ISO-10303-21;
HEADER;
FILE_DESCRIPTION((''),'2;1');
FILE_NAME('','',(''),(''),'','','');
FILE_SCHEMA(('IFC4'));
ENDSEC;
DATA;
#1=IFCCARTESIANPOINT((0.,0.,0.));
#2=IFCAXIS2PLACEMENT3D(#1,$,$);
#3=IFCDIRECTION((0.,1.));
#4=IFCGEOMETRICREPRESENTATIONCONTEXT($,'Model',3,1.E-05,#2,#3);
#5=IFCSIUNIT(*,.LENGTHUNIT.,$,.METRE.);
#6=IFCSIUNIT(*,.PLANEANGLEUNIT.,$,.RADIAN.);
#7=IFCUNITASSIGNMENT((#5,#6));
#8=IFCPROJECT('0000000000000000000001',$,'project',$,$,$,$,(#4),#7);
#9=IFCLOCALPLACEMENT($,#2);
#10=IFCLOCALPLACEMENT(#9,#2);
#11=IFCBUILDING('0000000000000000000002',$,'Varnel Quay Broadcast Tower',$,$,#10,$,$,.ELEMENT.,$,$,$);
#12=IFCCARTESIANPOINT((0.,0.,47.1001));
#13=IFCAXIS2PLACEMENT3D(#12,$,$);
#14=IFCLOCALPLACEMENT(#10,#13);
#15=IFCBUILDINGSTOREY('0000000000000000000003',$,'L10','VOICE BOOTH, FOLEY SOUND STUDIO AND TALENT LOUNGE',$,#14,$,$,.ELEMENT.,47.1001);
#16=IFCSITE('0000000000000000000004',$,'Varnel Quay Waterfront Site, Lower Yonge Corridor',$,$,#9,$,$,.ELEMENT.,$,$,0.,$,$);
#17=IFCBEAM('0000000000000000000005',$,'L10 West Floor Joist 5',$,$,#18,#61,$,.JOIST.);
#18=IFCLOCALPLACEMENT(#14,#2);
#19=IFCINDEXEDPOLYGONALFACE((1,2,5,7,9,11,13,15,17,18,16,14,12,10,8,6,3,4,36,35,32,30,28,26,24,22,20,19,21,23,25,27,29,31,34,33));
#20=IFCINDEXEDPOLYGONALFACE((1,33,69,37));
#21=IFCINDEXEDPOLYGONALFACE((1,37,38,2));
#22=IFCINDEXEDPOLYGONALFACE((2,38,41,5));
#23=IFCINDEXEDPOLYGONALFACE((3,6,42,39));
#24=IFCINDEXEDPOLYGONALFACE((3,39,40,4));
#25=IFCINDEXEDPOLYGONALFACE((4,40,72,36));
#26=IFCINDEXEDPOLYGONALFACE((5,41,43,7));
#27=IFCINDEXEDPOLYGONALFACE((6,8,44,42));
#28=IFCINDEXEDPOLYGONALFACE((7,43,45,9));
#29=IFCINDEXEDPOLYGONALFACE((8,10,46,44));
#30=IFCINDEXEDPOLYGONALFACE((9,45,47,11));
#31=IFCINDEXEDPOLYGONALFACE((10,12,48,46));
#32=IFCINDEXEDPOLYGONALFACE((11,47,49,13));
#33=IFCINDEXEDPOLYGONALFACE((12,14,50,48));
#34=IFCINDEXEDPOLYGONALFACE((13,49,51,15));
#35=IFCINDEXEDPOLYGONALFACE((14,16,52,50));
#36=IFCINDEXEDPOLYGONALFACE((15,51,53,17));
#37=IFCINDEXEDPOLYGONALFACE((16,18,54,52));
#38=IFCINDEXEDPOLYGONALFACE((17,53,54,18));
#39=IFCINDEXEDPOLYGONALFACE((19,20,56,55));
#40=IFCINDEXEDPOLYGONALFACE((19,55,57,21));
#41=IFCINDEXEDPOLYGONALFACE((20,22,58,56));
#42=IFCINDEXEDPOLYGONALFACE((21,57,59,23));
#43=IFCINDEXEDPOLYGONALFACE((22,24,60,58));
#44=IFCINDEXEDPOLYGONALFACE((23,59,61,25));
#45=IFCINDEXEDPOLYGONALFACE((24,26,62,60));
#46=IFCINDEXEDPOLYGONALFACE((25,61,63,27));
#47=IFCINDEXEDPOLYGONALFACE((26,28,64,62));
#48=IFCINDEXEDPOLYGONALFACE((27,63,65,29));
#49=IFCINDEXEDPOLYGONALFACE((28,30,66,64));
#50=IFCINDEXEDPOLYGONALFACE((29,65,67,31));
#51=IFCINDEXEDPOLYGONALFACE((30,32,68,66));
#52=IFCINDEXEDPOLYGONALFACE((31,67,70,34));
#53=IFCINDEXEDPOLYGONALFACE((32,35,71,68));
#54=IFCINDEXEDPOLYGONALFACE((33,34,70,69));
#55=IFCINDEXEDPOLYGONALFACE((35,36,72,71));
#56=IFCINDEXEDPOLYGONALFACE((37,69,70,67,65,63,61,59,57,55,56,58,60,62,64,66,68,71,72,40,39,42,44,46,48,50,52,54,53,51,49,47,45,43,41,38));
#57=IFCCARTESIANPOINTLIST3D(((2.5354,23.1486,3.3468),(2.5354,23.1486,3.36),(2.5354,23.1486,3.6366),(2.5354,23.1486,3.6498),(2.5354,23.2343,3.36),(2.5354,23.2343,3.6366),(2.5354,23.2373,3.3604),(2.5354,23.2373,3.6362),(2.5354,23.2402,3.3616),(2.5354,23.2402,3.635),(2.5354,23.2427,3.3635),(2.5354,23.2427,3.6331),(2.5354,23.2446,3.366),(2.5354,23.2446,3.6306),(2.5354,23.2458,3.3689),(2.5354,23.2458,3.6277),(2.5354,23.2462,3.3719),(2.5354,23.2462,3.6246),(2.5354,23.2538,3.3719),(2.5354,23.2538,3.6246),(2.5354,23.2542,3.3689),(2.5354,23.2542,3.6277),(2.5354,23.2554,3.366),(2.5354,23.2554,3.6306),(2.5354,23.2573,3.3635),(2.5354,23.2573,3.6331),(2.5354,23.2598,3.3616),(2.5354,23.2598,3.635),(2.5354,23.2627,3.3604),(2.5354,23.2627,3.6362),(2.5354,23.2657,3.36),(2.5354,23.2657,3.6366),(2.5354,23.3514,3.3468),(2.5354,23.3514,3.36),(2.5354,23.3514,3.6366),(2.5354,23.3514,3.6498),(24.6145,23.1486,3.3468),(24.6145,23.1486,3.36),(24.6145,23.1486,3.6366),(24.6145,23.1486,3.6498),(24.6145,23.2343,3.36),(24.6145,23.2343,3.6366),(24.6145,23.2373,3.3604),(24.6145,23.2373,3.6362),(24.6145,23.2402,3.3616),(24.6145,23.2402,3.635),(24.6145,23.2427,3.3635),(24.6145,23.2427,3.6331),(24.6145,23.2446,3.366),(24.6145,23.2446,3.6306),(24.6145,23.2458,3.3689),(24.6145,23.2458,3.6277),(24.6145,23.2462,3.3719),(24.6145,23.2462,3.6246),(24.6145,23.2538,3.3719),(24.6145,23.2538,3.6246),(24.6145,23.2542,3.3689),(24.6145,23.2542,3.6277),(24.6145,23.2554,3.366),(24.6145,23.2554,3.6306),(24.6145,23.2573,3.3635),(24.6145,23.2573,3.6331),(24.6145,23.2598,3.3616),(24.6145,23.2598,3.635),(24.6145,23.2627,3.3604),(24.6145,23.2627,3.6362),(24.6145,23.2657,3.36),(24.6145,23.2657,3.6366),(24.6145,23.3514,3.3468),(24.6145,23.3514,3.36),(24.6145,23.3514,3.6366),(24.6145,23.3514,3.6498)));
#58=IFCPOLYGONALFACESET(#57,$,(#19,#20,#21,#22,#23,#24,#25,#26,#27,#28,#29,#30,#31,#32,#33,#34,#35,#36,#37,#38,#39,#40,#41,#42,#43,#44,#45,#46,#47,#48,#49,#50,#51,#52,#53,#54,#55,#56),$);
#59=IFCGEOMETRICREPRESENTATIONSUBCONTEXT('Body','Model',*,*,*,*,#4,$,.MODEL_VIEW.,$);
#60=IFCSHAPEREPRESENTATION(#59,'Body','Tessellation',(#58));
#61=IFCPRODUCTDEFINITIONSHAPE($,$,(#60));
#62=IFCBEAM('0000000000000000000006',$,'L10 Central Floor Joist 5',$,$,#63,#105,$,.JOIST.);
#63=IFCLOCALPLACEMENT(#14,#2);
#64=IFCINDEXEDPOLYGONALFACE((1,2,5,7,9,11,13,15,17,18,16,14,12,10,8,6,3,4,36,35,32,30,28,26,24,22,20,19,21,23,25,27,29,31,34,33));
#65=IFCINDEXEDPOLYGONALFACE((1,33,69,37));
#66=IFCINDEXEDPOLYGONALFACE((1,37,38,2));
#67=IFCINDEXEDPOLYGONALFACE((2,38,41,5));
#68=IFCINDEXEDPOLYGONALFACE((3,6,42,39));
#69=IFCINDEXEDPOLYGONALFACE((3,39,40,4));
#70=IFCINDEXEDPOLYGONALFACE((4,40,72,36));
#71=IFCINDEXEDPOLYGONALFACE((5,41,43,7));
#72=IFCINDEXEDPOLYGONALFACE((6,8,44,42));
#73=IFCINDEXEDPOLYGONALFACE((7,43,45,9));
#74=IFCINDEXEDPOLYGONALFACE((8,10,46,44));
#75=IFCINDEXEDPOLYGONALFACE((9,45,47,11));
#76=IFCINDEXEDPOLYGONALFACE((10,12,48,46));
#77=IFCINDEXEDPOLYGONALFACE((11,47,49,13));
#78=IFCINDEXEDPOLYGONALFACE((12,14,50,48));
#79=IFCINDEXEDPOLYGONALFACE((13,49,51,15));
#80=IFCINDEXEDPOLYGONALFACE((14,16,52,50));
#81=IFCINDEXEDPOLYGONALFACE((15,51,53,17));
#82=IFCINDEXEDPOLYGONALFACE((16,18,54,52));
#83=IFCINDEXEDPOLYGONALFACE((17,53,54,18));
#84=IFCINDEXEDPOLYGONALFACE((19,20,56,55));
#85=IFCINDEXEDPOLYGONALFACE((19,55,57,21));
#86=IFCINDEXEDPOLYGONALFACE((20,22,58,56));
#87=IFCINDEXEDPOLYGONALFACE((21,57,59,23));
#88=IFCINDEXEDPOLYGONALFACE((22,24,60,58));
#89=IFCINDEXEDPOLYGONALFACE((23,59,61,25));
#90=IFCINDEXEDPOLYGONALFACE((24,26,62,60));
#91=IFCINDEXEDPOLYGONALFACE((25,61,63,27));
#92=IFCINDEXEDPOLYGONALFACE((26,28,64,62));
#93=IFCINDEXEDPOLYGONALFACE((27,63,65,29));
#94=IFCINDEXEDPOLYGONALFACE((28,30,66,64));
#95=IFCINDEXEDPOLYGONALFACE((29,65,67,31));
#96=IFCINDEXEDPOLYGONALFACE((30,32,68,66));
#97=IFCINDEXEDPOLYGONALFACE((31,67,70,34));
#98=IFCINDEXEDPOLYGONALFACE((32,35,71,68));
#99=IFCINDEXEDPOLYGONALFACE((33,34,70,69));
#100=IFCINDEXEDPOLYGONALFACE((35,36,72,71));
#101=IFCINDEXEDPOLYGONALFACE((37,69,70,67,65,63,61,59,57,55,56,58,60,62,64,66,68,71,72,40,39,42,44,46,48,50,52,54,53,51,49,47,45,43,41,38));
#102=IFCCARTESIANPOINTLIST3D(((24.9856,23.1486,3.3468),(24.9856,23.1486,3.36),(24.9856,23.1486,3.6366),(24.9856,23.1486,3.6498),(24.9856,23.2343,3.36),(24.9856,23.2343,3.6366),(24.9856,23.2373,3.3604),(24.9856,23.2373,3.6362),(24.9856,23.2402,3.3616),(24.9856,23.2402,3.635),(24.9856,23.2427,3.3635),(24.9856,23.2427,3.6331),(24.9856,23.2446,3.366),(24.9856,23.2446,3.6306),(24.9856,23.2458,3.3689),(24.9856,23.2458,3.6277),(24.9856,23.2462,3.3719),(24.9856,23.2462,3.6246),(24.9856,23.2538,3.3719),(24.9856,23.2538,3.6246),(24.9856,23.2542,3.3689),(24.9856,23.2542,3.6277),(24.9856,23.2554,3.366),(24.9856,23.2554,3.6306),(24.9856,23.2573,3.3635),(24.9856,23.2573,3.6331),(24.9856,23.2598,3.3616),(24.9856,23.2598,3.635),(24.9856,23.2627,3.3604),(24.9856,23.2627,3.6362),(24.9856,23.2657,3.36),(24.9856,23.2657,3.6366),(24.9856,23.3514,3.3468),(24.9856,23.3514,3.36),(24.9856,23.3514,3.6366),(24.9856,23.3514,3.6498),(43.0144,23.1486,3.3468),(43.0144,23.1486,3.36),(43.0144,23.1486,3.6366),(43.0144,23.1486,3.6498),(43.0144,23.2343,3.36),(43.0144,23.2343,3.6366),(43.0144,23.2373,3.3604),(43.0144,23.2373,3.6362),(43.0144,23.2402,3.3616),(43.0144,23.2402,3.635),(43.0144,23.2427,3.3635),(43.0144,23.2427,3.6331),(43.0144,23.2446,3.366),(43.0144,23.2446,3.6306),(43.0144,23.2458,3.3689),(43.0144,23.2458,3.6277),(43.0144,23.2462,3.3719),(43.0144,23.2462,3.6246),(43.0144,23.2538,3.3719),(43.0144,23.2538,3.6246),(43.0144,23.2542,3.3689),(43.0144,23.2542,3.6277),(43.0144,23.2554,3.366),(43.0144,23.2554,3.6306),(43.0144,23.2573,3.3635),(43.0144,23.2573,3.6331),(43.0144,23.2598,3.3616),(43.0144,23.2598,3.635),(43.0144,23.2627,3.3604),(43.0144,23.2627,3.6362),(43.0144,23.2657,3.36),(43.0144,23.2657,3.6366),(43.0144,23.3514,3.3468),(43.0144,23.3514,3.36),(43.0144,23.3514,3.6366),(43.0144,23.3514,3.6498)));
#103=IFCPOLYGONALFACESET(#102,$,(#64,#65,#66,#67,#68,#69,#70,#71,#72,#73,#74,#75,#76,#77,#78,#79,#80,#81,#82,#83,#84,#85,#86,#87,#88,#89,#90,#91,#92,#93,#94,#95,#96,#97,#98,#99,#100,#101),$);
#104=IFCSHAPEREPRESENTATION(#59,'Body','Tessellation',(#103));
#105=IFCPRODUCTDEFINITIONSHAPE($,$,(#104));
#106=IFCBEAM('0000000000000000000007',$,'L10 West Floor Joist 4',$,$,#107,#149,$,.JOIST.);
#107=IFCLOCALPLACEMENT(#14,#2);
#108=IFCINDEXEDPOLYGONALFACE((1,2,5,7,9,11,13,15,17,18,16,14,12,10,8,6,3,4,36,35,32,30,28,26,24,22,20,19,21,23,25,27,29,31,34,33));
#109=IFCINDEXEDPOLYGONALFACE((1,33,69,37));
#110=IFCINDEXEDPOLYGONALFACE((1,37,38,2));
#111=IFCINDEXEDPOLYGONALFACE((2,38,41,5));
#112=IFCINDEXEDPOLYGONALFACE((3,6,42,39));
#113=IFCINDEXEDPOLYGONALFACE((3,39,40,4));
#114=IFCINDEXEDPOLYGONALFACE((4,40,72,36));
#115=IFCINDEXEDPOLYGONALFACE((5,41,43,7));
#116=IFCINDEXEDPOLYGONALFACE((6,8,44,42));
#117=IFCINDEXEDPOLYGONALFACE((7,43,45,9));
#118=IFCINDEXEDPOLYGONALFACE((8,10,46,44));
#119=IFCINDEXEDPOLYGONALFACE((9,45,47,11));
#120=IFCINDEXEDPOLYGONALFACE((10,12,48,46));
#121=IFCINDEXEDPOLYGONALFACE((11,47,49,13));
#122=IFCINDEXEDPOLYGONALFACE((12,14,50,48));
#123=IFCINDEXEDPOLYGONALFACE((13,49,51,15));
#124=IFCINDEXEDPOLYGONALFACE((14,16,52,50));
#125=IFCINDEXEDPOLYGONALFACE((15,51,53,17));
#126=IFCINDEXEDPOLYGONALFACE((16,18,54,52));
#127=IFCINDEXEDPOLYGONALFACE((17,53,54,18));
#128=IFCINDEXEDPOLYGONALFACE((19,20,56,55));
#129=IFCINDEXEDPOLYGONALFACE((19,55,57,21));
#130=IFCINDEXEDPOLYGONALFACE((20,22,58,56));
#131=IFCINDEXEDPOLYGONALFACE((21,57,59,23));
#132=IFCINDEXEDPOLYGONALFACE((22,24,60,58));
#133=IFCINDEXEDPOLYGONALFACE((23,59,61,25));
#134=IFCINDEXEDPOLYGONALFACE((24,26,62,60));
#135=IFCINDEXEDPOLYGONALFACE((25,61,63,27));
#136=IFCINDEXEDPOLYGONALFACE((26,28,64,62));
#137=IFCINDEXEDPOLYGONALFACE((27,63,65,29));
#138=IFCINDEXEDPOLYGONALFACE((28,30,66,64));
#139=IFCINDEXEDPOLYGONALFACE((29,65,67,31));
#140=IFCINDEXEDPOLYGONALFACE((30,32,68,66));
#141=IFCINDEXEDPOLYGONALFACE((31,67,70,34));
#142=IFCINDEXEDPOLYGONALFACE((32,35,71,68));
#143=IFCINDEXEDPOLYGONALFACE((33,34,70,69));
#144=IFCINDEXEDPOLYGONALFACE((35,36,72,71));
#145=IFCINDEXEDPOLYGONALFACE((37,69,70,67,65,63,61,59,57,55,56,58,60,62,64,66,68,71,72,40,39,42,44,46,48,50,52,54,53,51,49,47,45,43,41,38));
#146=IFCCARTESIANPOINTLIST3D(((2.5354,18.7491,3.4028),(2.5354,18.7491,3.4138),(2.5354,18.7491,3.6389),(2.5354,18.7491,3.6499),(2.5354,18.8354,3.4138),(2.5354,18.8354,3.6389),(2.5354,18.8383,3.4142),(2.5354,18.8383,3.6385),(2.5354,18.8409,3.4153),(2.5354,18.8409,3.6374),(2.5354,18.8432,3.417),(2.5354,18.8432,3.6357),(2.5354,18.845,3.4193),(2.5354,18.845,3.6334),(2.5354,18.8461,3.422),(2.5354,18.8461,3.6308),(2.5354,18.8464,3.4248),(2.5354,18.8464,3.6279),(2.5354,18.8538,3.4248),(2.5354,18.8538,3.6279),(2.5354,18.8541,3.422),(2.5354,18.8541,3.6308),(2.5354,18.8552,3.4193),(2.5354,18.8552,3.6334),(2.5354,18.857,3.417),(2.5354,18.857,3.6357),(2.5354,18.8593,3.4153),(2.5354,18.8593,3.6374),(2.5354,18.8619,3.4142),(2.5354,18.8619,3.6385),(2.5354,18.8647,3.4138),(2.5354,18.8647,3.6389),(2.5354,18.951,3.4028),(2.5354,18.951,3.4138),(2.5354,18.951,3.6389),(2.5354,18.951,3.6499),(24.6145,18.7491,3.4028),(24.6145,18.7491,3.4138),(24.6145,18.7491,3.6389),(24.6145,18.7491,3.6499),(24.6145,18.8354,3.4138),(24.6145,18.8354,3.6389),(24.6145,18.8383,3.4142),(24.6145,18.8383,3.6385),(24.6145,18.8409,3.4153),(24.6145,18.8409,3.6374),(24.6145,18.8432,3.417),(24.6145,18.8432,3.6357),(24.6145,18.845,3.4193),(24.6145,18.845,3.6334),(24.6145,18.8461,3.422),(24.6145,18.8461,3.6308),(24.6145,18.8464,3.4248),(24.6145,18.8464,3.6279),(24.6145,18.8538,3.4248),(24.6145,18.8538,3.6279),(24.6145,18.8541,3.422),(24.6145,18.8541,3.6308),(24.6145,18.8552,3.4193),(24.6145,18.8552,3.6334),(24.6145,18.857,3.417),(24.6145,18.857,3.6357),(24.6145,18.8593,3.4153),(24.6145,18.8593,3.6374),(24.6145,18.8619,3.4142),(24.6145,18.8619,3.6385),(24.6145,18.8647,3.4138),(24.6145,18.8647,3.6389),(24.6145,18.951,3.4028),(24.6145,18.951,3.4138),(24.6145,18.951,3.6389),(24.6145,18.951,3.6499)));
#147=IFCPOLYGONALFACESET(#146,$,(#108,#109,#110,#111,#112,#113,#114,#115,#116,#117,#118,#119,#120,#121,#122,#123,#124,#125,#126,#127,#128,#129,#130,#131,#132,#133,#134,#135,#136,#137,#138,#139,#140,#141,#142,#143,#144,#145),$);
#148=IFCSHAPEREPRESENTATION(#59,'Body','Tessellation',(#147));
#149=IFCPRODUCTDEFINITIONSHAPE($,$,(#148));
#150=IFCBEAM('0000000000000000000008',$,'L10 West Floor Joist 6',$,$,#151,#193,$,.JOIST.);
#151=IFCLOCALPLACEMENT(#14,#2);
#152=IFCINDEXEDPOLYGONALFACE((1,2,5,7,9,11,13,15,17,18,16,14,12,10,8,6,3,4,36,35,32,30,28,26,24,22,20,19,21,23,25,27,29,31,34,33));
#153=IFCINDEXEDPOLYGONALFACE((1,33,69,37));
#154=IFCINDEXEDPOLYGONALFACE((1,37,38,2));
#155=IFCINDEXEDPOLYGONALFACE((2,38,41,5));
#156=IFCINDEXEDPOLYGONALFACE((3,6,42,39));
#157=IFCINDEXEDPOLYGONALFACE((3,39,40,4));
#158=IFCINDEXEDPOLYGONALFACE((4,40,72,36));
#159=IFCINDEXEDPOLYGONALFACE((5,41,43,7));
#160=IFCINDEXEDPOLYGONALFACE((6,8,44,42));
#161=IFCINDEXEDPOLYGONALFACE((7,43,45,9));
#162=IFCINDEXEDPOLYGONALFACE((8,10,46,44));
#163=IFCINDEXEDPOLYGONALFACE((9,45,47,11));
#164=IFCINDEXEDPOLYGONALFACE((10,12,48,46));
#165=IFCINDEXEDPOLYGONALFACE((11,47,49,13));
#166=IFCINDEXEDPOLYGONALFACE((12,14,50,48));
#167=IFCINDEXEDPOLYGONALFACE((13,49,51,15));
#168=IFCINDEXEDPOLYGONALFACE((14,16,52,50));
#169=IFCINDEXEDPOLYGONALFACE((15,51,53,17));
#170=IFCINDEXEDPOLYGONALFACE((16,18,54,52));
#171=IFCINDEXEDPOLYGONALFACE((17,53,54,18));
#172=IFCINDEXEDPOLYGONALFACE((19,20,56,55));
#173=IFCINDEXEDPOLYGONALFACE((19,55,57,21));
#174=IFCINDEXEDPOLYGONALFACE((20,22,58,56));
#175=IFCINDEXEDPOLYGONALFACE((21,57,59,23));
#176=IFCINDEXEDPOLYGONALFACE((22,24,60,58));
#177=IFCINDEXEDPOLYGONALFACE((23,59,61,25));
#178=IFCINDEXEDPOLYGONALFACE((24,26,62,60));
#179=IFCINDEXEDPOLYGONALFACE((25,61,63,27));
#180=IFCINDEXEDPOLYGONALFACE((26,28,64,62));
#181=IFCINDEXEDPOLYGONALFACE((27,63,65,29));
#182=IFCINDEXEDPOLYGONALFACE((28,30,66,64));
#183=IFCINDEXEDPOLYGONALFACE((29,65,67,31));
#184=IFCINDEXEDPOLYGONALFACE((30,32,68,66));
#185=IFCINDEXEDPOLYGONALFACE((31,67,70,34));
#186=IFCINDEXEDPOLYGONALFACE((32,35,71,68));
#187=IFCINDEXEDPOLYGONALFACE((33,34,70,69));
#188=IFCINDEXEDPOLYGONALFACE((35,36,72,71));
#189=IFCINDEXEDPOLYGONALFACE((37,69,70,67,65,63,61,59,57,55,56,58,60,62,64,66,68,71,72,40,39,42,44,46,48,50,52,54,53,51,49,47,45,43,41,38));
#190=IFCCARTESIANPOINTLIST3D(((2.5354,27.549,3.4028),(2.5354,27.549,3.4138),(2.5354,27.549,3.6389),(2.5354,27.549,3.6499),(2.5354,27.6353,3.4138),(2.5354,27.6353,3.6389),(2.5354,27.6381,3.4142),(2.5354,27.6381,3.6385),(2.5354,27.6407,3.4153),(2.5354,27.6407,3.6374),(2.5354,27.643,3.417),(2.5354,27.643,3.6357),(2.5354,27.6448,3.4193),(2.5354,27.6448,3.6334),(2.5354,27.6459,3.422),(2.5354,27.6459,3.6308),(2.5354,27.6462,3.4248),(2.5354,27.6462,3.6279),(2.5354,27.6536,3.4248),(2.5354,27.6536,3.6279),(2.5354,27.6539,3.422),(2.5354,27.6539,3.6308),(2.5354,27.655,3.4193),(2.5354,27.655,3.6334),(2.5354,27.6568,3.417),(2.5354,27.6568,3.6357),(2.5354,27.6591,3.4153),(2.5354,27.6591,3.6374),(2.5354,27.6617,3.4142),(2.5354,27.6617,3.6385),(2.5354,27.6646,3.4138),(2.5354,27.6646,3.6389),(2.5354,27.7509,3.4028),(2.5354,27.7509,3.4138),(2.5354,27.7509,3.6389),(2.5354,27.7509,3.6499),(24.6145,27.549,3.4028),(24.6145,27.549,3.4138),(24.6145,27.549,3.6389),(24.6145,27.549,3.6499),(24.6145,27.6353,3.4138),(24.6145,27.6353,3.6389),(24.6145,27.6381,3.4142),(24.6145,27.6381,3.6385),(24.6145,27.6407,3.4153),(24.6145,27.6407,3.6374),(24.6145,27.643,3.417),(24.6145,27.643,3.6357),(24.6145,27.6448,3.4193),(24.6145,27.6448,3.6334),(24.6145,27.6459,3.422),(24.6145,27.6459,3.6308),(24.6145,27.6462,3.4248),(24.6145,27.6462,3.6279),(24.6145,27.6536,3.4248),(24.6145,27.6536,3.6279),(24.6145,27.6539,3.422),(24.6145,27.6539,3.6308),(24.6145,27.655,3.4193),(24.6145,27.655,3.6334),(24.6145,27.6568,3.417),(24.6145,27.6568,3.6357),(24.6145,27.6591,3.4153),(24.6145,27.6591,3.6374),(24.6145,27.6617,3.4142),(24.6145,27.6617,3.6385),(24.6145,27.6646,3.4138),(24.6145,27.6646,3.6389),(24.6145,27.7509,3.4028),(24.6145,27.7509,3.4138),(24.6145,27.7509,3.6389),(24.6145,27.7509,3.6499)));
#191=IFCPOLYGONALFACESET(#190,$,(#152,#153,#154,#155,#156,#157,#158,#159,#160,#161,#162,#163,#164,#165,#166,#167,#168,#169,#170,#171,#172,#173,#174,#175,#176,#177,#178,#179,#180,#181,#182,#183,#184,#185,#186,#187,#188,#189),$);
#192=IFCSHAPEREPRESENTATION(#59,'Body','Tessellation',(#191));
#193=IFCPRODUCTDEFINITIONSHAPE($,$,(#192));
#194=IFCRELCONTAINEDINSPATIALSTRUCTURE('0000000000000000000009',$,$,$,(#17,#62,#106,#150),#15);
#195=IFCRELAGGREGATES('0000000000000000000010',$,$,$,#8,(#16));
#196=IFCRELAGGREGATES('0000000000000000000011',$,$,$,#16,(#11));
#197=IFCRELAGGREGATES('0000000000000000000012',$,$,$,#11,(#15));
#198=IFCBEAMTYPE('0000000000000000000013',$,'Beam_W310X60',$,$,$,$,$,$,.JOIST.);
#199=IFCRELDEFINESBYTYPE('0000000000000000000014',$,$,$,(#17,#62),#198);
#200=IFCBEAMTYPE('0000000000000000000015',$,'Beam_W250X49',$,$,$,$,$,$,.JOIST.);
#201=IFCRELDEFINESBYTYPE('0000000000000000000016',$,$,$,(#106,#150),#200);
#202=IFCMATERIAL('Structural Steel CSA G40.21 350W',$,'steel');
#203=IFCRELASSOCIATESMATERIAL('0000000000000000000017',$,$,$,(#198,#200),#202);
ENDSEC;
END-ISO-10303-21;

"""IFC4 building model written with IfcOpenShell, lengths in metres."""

from ifc_helpers import new_model, si_unit, direction, frame, origin, origin_2d, place, context, subcontext, project, spatial, i_section, extrude, source, transform, mapped, material, material_profile, profile_set, type_object, element, save


model = new_model("IFC4")

# Units and contexts
model_context = context("Model", 3, precision=1e-05, world=origin(), true_north=direction((0.0, 1.0)))
body_context = subcontext(model_context, "Body", "Model", "MODEL_VIEW")
ifc_project = project(units=[si_unit("LENGTHUNIT", "METRE"), si_unit("PLANEANGLEUNIT", "RADIAN")], contexts=[model_context])

# Site, building, storey
site_placement = place(None, origin())
site = spatial("IfcSite", under=ifc_project, at=site_placement, Name="Varnel Quay Waterfront Site, Lower Yonge Corridor", CompositionType="ELEMENT", RefElevation=0.0)
building_placement = place(site_placement, origin())
building = spatial("IfcBuilding", under=site, at=building_placement, Name="Varnel Quay Broadcast Tower", CompositionType="ELEMENT")
storey_placement = place(building_placement, frame((0.0, 0.0, 47.1001)))
storey = spatial("IfcBuildingStorey", under=building, at=storey_placement, Name="L10", Description="VOICE BOOTH, FOLEY SOUND STUDIO AND TALENT LOUNGE", CompositionType="ELEMENT", Elevation=47.1001)

# Shared definitions
ifc_material_1 = material(Name="Structural Steel CSA G40.21 350W", Category="steel")

# Beams
ifc_material_profile_1 = material_profile(ifc_material_1, i_section(OverallWidth=0.2029, OverallDepth=0.303, WebThickness=0.0076, FlangeThickness=0.0132, FilletRadius=0.012, at=origin_2d()), Name="W310X60")
ifc_profile_set_1 = profile_set([ifc_material_profile_1], Name="Structural Steel CSA G40.21 350W")
beam_type_1 = type_object("IfcBeamType", Name="Beam_W310X60", PredefinedType="JOIST", material=ifc_profile_set_1)
shared_shape_1 = source(origin(), body_context, "Body", "SweptSolid", [
    extrude(i_section(OverallWidth=0.2029, OverallDepth=0.303, WebThickness=0.0076, FlangeThickness=0.0132, FilletRadius=0.012, at=origin_2d()), origin(), (0.0, 0.0, 1.0), 22.0791),
])
beam_1_placement = place(storey_placement, frame((2.5354, 23.25, 3.4983), z_axis=(1.0, 0.0, 0.0), x_axis=(0.0, 1.0, 0.0)))
element("IfcBeam", 1, at=beam_1_placement, inside=storey, type_object=beam_type_1, Name="L10 West Floor Joist 5", PredefinedType="JOIST", context=body_context, shape_type="MappedRepresentation", body=[
    mapped(shared_shape_1, transform((0.0, 0.0, 0.0), x_axis=(1.0, 0.0, 0.0), y_axis=(0.0, 1.0, 0.0), z_axis=(0.0, 0.0, 1.0), scale=1.0)),
])
shared_shape_2 = source(origin(), body_context, "Body", "SweptSolid", [
    extrude(i_section(OverallWidth=0.2029, OverallDepth=0.303, WebThickness=0.0076, FlangeThickness=0.0132, FilletRadius=0.012, at=origin_2d()), origin(), (0.0, 0.0, 1.0), 18.0288),
])
beam_2_placement = place(storey_placement, frame((24.9856, 23.25, 3.4983), z_axis=(1.0, 0.0, 0.0), x_axis=(0.0, 1.0, 0.0)))
element("IfcBeam", 2, at=beam_2_placement, inside=storey, type_object=beam_type_1, Name="L10 Central Floor Joist 5", PredefinedType="JOIST", context=body_context, shape_type="MappedRepresentation", body=[
    mapped(shared_shape_2, transform((0.0, 0.0, 0.0), x_axis=(1.0, 0.0, 0.0), y_axis=(0.0, 1.0, 0.0), z_axis=(0.0, 0.0, 1.0), scale=1.0)),
])
ifc_material_profile_2 = material_profile(ifc_material_1, i_section(OverallWidth=0.2019, OverallDepth=0.2471, WebThickness=0.0073, FlangeThickness=0.011, FilletRadius=0.011, at=origin_2d()), Name="W250X49")
ifc_profile_set_2 = profile_set([ifc_material_profile_2], Name="Structural Steel CSA G40.21 350W")
beam_type_2 = type_object("IfcBeamType", Name="Beam_W250X49", PredefinedType="JOIST", material=ifc_profile_set_2)
shared_shape_3 = source(origin(), body_context, "Body", "SweptSolid", [
    extrude(i_section(OverallWidth=0.2019, OverallDepth=0.2471, WebThickness=0.0073, FlangeThickness=0.011, FilletRadius=0.011, at=origin_2d()), origin(), (0.0, 0.0, 1.0), 22.0791),
])
for number, where, z_axis, x_axis, name in (
    (3, (2.5354, 18.8501, 3.5264), (1.0, 0.0, 0.0), (0.0, 1.0, 0.0), "L10 West Floor Joist 4"),
    (4, (2.5354, 27.6499, 3.5264), (1.0, 0.0, 0.0), (0.0, 1.0, 0.0), "L10 West Floor Joist 6"),
):
    element("IfcBeam", number, at=place(storey_placement, frame(where, z_axis=z_axis, x_axis=x_axis)), inside=storey, type_object=beam_type_2, Name=name, PredefinedType="JOIST", context=body_context, shape_type="MappedRepresentation", body=[
        mapped(shared_shape_3, transform((0.0, 0.0, 0.0), x_axis=(1.0, 0.0, 0.0), y_axis=(0.0, 1.0, 0.0), z_axis=(0.0, 0.0, 1.0), scale=1.0)),
    ])

save(model, "model.ifc")
